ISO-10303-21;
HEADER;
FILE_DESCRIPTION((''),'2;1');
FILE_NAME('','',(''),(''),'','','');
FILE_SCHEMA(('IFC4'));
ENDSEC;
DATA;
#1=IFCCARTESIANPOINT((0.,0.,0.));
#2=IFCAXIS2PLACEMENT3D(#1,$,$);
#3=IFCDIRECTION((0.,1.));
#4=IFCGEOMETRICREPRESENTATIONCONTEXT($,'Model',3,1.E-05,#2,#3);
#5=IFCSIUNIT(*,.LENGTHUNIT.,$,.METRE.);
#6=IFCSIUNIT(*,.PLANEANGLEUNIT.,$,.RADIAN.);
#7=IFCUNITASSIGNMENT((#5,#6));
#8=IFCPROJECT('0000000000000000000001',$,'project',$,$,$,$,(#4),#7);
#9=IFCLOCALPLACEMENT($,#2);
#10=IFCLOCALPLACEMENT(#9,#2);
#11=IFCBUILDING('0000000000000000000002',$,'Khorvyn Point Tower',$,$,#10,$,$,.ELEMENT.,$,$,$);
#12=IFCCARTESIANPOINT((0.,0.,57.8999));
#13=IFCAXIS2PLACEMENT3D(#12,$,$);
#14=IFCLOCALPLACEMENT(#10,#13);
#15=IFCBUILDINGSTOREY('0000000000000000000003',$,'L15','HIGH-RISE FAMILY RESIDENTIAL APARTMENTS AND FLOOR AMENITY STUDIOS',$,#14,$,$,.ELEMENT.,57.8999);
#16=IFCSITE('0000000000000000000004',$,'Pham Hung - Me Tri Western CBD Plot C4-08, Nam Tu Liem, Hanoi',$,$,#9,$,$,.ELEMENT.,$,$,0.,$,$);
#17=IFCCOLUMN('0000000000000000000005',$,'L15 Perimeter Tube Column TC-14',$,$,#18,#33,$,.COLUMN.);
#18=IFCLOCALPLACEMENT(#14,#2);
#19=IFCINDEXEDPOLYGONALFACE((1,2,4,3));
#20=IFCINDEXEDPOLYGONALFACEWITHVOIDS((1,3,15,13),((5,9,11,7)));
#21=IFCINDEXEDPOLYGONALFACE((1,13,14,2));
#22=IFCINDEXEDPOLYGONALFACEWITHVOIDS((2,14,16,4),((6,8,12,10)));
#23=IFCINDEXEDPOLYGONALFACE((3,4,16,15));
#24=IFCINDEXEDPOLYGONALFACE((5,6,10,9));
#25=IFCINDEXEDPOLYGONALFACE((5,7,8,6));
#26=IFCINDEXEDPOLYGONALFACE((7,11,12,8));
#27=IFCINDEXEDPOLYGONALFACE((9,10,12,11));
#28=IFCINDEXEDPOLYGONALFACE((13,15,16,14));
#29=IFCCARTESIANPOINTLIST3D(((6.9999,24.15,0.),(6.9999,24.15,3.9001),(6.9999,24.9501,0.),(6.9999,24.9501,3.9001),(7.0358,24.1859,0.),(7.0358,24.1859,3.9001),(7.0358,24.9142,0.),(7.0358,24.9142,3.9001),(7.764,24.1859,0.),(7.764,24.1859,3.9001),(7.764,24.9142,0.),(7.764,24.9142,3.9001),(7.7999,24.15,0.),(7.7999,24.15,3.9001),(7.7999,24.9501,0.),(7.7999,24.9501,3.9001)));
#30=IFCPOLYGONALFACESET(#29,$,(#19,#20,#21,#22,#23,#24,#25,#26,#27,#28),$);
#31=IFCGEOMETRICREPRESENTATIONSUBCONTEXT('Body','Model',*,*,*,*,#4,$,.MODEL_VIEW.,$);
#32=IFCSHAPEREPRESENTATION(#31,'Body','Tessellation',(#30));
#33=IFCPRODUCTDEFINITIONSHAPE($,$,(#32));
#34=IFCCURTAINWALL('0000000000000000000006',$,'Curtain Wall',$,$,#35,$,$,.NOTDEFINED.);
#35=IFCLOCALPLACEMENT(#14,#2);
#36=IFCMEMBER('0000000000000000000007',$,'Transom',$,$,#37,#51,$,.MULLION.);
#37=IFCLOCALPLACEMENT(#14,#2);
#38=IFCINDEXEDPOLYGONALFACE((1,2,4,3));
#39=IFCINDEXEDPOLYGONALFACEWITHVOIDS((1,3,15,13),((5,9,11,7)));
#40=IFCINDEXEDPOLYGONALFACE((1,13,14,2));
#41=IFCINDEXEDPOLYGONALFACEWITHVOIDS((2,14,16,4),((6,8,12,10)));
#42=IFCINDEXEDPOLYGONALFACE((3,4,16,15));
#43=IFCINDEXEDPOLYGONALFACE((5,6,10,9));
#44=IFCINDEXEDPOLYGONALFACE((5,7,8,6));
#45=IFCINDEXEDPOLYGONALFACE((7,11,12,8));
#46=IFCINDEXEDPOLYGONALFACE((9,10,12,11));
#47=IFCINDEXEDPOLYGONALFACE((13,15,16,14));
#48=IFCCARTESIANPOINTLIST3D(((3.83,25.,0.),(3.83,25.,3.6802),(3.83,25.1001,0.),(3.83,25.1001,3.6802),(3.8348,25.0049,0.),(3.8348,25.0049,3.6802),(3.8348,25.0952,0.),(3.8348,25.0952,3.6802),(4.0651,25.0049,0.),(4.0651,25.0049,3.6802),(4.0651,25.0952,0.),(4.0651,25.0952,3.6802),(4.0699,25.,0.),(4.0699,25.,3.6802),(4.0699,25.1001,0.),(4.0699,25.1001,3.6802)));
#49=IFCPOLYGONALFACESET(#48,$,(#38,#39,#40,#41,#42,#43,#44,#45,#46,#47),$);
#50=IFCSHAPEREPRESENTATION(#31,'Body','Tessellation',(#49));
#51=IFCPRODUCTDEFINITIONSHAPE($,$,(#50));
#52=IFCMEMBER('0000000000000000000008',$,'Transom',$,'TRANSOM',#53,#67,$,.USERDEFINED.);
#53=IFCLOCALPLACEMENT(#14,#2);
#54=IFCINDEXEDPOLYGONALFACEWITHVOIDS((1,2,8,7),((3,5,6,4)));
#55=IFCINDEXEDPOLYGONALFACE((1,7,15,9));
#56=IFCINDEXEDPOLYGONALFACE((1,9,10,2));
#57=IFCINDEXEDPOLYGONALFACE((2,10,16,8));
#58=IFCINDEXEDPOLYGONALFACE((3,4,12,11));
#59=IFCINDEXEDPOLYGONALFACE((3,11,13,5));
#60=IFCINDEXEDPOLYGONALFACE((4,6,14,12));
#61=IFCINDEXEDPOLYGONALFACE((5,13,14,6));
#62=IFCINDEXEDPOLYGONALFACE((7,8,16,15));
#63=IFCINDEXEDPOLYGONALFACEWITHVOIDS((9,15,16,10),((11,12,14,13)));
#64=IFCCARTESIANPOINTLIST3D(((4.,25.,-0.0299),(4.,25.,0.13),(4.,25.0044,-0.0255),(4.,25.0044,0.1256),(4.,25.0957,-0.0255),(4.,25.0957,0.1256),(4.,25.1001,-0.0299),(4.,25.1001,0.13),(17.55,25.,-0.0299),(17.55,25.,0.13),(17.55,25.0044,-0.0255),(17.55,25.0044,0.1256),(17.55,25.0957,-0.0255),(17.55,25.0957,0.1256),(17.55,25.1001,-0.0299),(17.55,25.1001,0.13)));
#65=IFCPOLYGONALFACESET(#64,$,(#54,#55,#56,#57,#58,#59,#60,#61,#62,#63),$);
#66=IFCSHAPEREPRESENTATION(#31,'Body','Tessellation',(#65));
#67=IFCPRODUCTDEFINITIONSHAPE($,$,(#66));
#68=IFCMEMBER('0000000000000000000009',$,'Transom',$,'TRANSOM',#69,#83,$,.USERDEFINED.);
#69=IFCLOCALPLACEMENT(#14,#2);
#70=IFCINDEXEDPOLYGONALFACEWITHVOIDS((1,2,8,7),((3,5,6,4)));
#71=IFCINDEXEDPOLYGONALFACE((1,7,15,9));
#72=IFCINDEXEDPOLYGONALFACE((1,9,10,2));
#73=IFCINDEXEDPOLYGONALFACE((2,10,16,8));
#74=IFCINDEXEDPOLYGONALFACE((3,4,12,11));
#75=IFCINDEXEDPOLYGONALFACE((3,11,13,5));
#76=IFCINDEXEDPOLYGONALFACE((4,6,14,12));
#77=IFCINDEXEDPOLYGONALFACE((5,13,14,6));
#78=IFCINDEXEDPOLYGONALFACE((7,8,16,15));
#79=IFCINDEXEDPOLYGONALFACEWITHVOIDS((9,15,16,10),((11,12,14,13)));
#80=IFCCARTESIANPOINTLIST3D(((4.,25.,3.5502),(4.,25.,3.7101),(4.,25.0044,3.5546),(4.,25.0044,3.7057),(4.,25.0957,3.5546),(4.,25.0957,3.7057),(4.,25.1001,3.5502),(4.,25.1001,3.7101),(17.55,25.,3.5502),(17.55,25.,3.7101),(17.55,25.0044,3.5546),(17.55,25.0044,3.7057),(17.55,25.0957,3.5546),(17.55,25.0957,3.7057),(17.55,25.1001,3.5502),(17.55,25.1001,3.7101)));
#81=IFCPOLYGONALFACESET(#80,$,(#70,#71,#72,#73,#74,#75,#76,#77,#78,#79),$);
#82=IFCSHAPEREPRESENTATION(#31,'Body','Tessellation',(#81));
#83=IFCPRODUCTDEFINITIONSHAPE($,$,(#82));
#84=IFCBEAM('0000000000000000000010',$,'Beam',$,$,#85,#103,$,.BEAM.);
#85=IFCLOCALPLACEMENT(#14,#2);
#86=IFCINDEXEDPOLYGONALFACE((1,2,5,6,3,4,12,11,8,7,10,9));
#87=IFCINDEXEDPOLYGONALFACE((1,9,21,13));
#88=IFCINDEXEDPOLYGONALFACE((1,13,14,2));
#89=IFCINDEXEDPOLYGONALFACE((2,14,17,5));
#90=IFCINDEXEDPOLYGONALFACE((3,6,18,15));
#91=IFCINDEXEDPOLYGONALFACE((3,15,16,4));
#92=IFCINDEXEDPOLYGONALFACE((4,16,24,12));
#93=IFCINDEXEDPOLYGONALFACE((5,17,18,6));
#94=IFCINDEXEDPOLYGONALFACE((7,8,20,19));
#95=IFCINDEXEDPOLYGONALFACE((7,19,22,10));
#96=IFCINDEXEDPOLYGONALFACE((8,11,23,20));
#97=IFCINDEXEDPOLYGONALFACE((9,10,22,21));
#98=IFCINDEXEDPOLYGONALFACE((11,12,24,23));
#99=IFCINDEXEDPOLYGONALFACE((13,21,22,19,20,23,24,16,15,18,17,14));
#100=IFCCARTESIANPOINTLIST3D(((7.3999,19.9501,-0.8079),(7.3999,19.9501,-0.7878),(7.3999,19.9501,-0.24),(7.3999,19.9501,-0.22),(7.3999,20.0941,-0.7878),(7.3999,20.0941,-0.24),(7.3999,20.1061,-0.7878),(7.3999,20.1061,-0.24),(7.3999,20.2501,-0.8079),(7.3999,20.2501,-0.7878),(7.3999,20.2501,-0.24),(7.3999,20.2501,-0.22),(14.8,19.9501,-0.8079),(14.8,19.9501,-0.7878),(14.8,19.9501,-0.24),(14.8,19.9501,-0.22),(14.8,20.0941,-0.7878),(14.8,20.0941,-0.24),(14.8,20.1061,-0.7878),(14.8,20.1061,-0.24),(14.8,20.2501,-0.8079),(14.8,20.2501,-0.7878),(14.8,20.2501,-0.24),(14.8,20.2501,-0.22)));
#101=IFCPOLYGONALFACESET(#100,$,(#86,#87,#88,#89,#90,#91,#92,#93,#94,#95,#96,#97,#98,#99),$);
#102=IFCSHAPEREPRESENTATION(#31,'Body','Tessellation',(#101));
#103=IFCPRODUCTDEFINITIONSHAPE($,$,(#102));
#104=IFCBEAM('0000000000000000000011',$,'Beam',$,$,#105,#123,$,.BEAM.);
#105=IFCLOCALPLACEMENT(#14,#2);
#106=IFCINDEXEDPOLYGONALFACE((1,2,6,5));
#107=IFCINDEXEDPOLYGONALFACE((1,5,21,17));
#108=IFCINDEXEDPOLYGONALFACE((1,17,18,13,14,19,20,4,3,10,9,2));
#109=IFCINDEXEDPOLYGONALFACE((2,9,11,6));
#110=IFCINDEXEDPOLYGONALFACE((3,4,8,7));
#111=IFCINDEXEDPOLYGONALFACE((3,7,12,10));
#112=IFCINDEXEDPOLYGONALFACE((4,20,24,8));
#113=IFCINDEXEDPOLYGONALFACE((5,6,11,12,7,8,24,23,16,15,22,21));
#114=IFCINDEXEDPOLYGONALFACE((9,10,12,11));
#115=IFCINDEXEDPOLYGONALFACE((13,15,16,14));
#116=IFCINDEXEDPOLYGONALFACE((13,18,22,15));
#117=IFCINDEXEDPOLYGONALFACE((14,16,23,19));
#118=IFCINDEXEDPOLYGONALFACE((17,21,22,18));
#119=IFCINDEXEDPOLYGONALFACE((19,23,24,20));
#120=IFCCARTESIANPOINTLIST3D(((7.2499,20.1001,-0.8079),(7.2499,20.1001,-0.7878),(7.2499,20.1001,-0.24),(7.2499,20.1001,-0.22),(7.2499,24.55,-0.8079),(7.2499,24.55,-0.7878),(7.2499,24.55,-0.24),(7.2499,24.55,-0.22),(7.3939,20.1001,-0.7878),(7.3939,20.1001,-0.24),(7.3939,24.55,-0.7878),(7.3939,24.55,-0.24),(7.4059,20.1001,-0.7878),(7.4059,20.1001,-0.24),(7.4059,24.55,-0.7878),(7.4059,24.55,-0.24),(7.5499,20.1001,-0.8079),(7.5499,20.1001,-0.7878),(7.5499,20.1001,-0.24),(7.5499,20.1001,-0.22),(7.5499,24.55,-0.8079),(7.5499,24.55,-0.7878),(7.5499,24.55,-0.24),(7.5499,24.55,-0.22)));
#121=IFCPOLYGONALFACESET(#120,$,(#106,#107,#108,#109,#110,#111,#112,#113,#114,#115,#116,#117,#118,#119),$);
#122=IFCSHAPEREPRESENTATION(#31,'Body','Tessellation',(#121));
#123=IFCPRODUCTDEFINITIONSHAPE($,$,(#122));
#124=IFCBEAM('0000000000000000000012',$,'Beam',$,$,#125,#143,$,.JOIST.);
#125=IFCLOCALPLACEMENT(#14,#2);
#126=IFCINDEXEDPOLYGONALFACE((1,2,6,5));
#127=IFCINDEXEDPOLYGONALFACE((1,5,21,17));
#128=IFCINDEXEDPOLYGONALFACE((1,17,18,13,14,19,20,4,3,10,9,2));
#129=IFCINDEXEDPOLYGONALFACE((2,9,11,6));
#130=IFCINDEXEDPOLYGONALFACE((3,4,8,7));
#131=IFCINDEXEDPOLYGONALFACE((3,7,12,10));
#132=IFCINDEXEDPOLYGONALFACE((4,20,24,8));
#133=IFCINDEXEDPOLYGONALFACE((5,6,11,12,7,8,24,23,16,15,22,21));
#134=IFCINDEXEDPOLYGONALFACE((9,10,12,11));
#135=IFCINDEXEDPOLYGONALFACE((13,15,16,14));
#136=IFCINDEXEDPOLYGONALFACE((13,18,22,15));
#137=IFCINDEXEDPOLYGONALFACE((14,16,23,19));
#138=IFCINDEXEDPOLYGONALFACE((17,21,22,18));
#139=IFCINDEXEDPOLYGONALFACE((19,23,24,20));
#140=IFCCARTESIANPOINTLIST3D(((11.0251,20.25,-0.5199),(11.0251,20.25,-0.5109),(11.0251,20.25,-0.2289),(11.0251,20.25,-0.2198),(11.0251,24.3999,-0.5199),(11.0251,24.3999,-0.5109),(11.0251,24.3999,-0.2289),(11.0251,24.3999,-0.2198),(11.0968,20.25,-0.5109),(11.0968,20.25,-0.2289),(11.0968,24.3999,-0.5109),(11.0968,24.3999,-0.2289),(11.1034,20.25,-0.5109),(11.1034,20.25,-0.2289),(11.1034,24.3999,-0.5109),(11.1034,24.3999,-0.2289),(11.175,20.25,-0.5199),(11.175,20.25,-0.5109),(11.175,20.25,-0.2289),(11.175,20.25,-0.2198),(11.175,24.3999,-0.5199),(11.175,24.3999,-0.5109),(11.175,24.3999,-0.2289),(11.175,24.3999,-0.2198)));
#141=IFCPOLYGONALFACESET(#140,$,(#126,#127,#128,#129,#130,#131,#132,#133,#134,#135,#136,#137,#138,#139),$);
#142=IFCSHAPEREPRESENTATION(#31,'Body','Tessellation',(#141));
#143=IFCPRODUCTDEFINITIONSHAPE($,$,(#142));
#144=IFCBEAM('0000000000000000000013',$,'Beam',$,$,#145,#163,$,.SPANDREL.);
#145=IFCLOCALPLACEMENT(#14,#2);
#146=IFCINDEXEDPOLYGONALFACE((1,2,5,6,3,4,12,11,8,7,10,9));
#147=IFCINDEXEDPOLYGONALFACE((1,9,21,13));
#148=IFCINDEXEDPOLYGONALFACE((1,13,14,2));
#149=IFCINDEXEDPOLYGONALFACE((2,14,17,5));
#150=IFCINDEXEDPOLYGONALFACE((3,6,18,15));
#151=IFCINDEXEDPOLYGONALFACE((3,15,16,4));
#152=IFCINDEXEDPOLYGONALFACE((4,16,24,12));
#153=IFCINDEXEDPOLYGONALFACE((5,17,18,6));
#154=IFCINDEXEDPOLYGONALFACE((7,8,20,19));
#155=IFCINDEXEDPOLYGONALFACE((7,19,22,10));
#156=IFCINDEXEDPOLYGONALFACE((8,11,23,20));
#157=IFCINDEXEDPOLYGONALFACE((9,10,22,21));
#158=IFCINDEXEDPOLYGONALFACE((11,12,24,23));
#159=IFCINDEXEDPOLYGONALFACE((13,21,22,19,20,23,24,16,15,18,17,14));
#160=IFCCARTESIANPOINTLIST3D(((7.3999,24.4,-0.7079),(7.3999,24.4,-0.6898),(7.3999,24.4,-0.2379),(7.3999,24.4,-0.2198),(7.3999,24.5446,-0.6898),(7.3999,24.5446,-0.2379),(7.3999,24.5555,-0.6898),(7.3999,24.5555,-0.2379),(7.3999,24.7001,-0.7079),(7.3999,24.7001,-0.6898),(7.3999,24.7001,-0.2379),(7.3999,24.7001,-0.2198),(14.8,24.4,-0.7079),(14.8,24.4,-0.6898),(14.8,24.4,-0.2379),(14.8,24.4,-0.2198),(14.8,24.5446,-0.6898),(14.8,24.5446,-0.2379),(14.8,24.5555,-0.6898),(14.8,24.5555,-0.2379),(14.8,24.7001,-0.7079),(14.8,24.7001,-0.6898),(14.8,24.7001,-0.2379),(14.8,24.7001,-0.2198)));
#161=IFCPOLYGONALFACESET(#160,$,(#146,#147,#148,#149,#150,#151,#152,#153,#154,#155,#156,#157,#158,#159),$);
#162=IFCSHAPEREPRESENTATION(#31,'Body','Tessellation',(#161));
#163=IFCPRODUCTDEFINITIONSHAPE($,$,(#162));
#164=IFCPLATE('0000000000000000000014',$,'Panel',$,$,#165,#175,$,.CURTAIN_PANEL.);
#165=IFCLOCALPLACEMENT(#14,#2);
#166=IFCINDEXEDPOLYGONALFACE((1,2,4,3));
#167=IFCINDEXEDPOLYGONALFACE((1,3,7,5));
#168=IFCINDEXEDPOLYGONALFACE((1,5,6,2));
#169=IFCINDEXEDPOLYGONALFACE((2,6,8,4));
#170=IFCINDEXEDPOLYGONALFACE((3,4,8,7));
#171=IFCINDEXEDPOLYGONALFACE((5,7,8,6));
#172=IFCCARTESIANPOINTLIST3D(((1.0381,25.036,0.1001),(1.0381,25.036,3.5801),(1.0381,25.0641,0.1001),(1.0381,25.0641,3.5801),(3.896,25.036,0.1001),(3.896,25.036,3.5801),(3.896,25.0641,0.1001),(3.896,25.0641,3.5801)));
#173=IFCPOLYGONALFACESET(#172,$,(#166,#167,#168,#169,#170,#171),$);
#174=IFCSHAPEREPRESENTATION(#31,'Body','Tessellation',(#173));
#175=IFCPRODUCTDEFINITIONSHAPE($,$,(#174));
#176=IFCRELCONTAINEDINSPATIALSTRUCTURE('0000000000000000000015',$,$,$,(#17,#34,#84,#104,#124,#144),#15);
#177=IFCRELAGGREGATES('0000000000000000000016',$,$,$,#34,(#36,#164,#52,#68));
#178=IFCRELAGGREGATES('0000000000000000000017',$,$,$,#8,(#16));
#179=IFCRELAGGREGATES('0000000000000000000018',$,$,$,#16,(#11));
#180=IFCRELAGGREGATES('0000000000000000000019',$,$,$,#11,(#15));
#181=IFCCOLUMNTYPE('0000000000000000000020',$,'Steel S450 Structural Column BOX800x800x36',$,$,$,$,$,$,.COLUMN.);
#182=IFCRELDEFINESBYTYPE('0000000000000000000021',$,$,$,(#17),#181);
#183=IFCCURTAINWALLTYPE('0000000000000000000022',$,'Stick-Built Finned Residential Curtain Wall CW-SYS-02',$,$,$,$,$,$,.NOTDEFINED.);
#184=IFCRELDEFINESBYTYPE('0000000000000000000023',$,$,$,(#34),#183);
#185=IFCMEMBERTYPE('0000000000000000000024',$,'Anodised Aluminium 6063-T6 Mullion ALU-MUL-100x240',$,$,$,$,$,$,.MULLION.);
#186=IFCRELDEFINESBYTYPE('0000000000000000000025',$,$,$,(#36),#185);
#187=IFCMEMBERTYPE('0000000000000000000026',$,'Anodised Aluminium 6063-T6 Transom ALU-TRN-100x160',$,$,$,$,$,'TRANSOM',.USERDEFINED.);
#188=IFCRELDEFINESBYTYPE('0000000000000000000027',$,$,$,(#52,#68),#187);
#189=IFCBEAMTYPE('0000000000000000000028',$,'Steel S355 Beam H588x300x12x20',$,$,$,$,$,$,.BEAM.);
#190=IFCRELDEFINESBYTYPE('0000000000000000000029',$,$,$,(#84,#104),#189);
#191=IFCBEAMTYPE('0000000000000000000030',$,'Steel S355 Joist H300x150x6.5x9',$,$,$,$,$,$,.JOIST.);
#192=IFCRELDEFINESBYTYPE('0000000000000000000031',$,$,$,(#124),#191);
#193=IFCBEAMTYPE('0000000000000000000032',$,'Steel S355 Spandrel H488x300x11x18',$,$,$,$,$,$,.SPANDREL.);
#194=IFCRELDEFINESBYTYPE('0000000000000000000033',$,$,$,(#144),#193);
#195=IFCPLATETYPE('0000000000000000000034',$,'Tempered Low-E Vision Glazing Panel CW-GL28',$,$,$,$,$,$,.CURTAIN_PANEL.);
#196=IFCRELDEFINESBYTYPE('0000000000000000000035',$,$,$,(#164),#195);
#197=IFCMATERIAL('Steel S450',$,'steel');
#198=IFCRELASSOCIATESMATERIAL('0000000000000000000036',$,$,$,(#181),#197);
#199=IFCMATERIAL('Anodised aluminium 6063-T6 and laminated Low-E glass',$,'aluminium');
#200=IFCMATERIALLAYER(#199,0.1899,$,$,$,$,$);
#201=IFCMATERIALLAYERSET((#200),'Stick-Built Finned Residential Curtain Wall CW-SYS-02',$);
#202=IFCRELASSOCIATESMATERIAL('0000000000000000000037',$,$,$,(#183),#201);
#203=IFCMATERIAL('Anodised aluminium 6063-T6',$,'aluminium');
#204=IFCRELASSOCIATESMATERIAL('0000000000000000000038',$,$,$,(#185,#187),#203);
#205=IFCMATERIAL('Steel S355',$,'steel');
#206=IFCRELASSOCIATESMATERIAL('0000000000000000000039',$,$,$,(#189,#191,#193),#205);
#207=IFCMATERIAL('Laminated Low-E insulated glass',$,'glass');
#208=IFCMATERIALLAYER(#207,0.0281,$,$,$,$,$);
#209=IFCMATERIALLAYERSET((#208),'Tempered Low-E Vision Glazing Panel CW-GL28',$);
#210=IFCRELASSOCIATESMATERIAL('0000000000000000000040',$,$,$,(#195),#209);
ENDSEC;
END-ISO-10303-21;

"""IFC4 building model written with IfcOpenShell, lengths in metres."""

from ifc_helpers import new_model, si_unit, direction, frame, origin, origin_2d, place, context, subcontext, project, spatial, rectangle, hollow_rectangle, i_section, extrude, material, layer, layer_set, material_profile, profile_set, type_object, element, aggregate, save


model = new_model("IFC4")

# Units and contexts
model_context = context("Model", 3, precision=1e-05, world=origin(), true_north=direction((0.0, 1.0)))
body_context = subcontext(model_context, "Body", "Model", "MODEL_VIEW")
ifc_project = project(units=[si_unit("LENGTHUNIT", "METRE"), si_unit("PLANEANGLEUNIT", "RADIAN")], contexts=[model_context])

# Site, building, storey
site_placement = place(None, origin())
site = spatial("IfcSite", under=ifc_project, at=site_placement, Name="Pham Hung - Me Tri Western CBD Plot C4-08, Nam Tu Liem, Hanoi", CompositionType="ELEMENT", RefElevation=0.0)
building_placement = place(site_placement, origin())
building = spatial("IfcBuilding", under=site, at=building_placement, Name="Khorvyn Point Tower", CompositionType="ELEMENT")
storey_placement = place(building_placement, frame((0.0, 0.0, 57.8999)))
storey = spatial("IfcBuildingStorey", under=building, at=storey_placement, Name="L15", Description="HIGH-RISE FAMILY RESIDENTIAL APARTMENTS AND FLOOR AMENITY STUDIOS", CompositionType="ELEMENT", Elevation=57.8999)

# Column
ifc_material_1 = material(Name="Steel S450", Category="steel")
ifc_material_profile_1 = material_profile(ifc_material_1, hollow_rectangle(XDim=0.8, YDim=0.8, WallThickness=0.0359, at=origin_2d()))
ifc_profile_set_1 = profile_set([ifc_material_profile_1], Name="Steel S450 BOX800x800x36")
column_type = type_object("IfcColumnType", Name="Steel S450 Structural Column BOX800x800x36", PredefinedType="COLUMN", material=ifc_profile_set_1)
column_placement = place(storey_placement, frame((7.3999, 24.55, 0.0), z_axis=(0.0, 0.0, 1.0), x_axis=(1.0, 0.0, 0.0)))
element("IfcColumn", 1, at=column_placement, inside=storey, type_object=column_type, Name="L15 Perimeter Tube Column TC-14", PredefinedType="COLUMN", context=body_context, shape_type="SweptSolid", body=[
    extrude(hollow_rectangle(XDim=0.8, YDim=0.8, WallThickness=0.0359, at=origin_2d()), origin(), (0.0, 0.0, 1.0), 3.9001),
])

# Curtain wall, members
ifc_material_2 = material(Name="Anodised aluminium 6063-T6 and laminated Low-E glass", Category="aluminium")
ifc_layer_1 = layer(ifc_material_2, 0.1899)
ifc_layer_set_1 = layer_set([ifc_layer_1], Name="Stick-Built Finned Residential Curtain Wall CW-SYS-02")
curtain_wall_type = type_object("IfcCurtainWallType", Name="Stick-Built Finned Residential Curtain Wall CW-SYS-02", PredefinedType="NOTDEFINED", material=ifc_layer_set_1)
curtain_wall_placement = place(storey_placement, origin())
curtain_wall = element("IfcCurtainWall", 2, at=curtain_wall_placement, inside=storey, type_object=curtain_wall_type, Name="Curtain Wall", PredefinedType="NOTDEFINED")
ifc_material_3 = material(Name="Anodised aluminium 6063-T6", Category="aluminium")
ifc_material_profile_2 = material_profile(ifc_material_3, hollow_rectangle(XDim=0.1001, YDim=0.24, WallThickness=0.0049, at=origin_2d()))
ifc_profile_set_2 = profile_set([ifc_material_profile_2], Name="Anodised aluminium 6063-T6 ALU-MUL-100x240")
member_type_1 = type_object("IfcMemberType", Name="Anodised Aluminium 6063-T6 Mullion ALU-MUL-100x240", PredefinedType="MULLION", material=ifc_profile_set_2)
member_1_placement = place(storey_placement, frame((3.95, 25.05, 0.0), z_axis=(0.0, 0.0, 1.0), x_axis=(0.0, 1.0, 0.0)))
member_1 = element("IfcMember", 3, at=member_1_placement, type_object=member_type_1, Name="Transom", PredefinedType="MULLION", context=body_context, shape_type="SweptSolid", body=[
    extrude(hollow_rectangle(XDim=0.1001, YDim=0.24, WallThickness=0.0049, at=origin_2d()), origin(), (0.0, 0.0, 1.0), 3.6802),
])
ifc_material_profile_3 = material_profile(ifc_material_3, hollow_rectangle(XDim=0.1001, YDim=0.1599, WallThickness=0.0044, at=origin_2d()))
ifc_profile_set_3 = profile_set([ifc_material_profile_3], Name="Anodised aluminium 6063-T6 ALU-TRN-100x160")
member_type_2 = type_object("IfcMemberType", Name="Anodised Aluminium 6063-T6 Transom ALU-TRN-100x160", ElementType="TRANSOM", PredefinedType="USERDEFINED", material=ifc_profile_set_3)
member_2_placement = place(storey_placement, frame((4.0, 25.05, 0.05), z_axis=(1.0, 0.0, 0.0), x_axis=(0.0, 1.0, 0.0)))
member_2 = element("IfcMember", 4, at=member_2_placement, type_object=member_type_2, Name="Transom", ObjectType="TRANSOM", PredefinedType="USERDEFINED", context=body_context, shape_type="SweptSolid", body=[
    extrude(hollow_rectangle(XDim=0.1001, YDim=0.1599, WallThickness=0.0044, at=origin_2d()), origin(), (0.0, 0.0, 1.0), 13.55),
])
member_3_placement = place(storey_placement, frame((4.0, 25.05, 3.6301), z_axis=(1.0, 0.0, 0.0), x_axis=(0.0, 1.0, 0.0)))
member_3 = element("IfcMember", 5, at=member_3_placement, type_object=member_type_2, Name="Transom", ObjectType="TRANSOM", PredefinedType="USERDEFINED", context=body_context, shape_type="SweptSolid", body=[
    extrude(hollow_rectangle(XDim=0.1001, YDim=0.1599, WallThickness=0.0044, at=origin_2d()), origin(), (0.0, 0.0, 1.0), 13.55),
])

# Beams
ifc_material_4 = material(Name="Steel S355", Category="steel")
ifc_material_profile_4 = material_profile(ifc_material_4, i_section(OverallWidth=0.3, OverallDepth=0.5879, WebThickness=0.012, FlangeThickness=0.02, at=origin_2d()))
ifc_profile_set_4 = profile_set([ifc_material_profile_4], Name="Steel S355 H588x300x12x20")
beam_type_1 = type_object("IfcBeamType", Name="Steel S355 Beam H588x300x12x20", PredefinedType="BEAM", material=ifc_profile_set_4)
beam_1_placement = place(storey_placement, frame((7.3999, 20.1001, -0.5139), z_axis=(1.0, 0.0, 0.0), x_axis=(0.0, 1.0, 0.0)))
element("IfcBeam", 6, at=beam_1_placement, inside=storey, type_object=beam_type_1, Name="Beam", PredefinedType="BEAM", context=body_context, shape_type="SweptSolid", body=[
    extrude(i_section(OverallWidth=0.3, OverallDepth=0.5879, WebThickness=0.012, FlangeThickness=0.02, at=origin_2d()), origin(), (0.0, 0.0, 1.0), 7.4001),
])
beam_2_placement = place(storey_placement, frame((7.3999, 20.1001, -0.5139), z_axis=(0.0, 1.0, 0.0), x_axis=(-1.0, 0.0, 0.0)))
element("IfcBeam", 7, at=beam_2_placement, inside=storey, type_object=beam_type_1, Name="Beam", PredefinedType="BEAM", context=body_context, shape_type="SweptSolid", body=[
    extrude(i_section(OverallWidth=0.3, OverallDepth=0.5879, WebThickness=0.012, FlangeThickness=0.02, at=origin_2d()), origin(), (0.0, 0.0, 1.0), 4.45),
])
ifc_material_profile_5 = material_profile(ifc_material_4, i_section(OverallWidth=0.1499, OverallDepth=0.3, WebThickness=0.0066, FlangeThickness=0.009, at=origin_2d()))
ifc_profile_set_5 = profile_set([ifc_material_profile_5], Name="Steel S355 H300x150x6.5x9")
beam_type_2 = type_object("IfcBeamType", Name="Steel S355 Joist H300x150x6.5x9", PredefinedType="JOIST", material=ifc_profile_set_5)
beam_3_placement = place(storey_placement, frame((11.1001, 20.25, -0.3699), z_axis=(0.0, 1.0, 0.0), x_axis=(-1.0, 0.0, 0.0)))
element("IfcBeam", 8, at=beam_3_placement, inside=storey, type_object=beam_type_2, Name="Beam", PredefinedType="JOIST", context=body_context, shape_type="SweptSolid", body=[
    extrude(i_section(OverallWidth=0.1499, OverallDepth=0.3, WebThickness=0.0066, FlangeThickness=0.009, at=origin_2d()), origin(), (0.0, 0.0, 1.0), 4.1499),
])
ifc_material_profile_6 = material_profile(ifc_material_4, i_section(OverallWidth=0.3, OverallDepth=0.488, WebThickness=0.011, FlangeThickness=0.0181, at=origin_2d()))
ifc_profile_set_6 = profile_set([ifc_material_profile_6], Name="Steel S355 H488x300x11x18")
beam_type_3 = type_object("IfcBeamType", Name="Steel S355 Spandrel H488x300x11x18", PredefinedType="SPANDREL", material=ifc_profile_set_6)
beam_4_placement = place(storey_placement, frame((7.3999, 24.55, -0.4639), z_axis=(1.0, 0.0, 0.0), x_axis=(0.0, 1.0, 0.0)))
element("IfcBeam", 9, at=beam_4_placement, inside=storey, type_object=beam_type_3, Name="Beam", PredefinedType="SPANDREL", context=body_context, shape_type="SweptSolid", body=[
    extrude(i_section(OverallWidth=0.3, OverallDepth=0.488, WebThickness=0.011, FlangeThickness=0.0181, at=origin_2d()), origin(), (0.0, 0.0, 1.0), 7.4001),
])

# Plate
ifc_material_5 = material(Name="Laminated Low-E insulated glass", Category="glass")
ifc_layer_2 = layer(ifc_material_5, 0.0281)
ifc_layer_set_2 = layer_set([ifc_layer_2], Name="Tempered Low-E Vision Glazing Panel CW-GL28")
plate_type = type_object("IfcPlateType", Name="Tempered Low-E Vision Glazing Panel CW-GL28", PredefinedType="CURTAIN_PANEL", material=ifc_layer_set_2)
plate_1_placement = place(storey_placement, frame((2.467, 25.05, 0.1001), z_axis=(0.0, 0.0, 1.0), x_axis=(1.0, 0.0, 0.0)))
plate_1 = element("IfcPlate", 10, at=plate_1_placement, type_object=plate_type, Name="Panel", PredefinedType="CURTAIN_PANEL", context=body_context, shape_type="SweptSolid", body=[
    extrude(rectangle(XDim=2.8579, YDim=0.0281, at=origin_2d()), origin(), (0.0, 0.0, 1.0), 3.48),
])
aggregate(curtain_wall, [member_1, plate_1, member_2, member_3])

save(model, "model.ifc")
